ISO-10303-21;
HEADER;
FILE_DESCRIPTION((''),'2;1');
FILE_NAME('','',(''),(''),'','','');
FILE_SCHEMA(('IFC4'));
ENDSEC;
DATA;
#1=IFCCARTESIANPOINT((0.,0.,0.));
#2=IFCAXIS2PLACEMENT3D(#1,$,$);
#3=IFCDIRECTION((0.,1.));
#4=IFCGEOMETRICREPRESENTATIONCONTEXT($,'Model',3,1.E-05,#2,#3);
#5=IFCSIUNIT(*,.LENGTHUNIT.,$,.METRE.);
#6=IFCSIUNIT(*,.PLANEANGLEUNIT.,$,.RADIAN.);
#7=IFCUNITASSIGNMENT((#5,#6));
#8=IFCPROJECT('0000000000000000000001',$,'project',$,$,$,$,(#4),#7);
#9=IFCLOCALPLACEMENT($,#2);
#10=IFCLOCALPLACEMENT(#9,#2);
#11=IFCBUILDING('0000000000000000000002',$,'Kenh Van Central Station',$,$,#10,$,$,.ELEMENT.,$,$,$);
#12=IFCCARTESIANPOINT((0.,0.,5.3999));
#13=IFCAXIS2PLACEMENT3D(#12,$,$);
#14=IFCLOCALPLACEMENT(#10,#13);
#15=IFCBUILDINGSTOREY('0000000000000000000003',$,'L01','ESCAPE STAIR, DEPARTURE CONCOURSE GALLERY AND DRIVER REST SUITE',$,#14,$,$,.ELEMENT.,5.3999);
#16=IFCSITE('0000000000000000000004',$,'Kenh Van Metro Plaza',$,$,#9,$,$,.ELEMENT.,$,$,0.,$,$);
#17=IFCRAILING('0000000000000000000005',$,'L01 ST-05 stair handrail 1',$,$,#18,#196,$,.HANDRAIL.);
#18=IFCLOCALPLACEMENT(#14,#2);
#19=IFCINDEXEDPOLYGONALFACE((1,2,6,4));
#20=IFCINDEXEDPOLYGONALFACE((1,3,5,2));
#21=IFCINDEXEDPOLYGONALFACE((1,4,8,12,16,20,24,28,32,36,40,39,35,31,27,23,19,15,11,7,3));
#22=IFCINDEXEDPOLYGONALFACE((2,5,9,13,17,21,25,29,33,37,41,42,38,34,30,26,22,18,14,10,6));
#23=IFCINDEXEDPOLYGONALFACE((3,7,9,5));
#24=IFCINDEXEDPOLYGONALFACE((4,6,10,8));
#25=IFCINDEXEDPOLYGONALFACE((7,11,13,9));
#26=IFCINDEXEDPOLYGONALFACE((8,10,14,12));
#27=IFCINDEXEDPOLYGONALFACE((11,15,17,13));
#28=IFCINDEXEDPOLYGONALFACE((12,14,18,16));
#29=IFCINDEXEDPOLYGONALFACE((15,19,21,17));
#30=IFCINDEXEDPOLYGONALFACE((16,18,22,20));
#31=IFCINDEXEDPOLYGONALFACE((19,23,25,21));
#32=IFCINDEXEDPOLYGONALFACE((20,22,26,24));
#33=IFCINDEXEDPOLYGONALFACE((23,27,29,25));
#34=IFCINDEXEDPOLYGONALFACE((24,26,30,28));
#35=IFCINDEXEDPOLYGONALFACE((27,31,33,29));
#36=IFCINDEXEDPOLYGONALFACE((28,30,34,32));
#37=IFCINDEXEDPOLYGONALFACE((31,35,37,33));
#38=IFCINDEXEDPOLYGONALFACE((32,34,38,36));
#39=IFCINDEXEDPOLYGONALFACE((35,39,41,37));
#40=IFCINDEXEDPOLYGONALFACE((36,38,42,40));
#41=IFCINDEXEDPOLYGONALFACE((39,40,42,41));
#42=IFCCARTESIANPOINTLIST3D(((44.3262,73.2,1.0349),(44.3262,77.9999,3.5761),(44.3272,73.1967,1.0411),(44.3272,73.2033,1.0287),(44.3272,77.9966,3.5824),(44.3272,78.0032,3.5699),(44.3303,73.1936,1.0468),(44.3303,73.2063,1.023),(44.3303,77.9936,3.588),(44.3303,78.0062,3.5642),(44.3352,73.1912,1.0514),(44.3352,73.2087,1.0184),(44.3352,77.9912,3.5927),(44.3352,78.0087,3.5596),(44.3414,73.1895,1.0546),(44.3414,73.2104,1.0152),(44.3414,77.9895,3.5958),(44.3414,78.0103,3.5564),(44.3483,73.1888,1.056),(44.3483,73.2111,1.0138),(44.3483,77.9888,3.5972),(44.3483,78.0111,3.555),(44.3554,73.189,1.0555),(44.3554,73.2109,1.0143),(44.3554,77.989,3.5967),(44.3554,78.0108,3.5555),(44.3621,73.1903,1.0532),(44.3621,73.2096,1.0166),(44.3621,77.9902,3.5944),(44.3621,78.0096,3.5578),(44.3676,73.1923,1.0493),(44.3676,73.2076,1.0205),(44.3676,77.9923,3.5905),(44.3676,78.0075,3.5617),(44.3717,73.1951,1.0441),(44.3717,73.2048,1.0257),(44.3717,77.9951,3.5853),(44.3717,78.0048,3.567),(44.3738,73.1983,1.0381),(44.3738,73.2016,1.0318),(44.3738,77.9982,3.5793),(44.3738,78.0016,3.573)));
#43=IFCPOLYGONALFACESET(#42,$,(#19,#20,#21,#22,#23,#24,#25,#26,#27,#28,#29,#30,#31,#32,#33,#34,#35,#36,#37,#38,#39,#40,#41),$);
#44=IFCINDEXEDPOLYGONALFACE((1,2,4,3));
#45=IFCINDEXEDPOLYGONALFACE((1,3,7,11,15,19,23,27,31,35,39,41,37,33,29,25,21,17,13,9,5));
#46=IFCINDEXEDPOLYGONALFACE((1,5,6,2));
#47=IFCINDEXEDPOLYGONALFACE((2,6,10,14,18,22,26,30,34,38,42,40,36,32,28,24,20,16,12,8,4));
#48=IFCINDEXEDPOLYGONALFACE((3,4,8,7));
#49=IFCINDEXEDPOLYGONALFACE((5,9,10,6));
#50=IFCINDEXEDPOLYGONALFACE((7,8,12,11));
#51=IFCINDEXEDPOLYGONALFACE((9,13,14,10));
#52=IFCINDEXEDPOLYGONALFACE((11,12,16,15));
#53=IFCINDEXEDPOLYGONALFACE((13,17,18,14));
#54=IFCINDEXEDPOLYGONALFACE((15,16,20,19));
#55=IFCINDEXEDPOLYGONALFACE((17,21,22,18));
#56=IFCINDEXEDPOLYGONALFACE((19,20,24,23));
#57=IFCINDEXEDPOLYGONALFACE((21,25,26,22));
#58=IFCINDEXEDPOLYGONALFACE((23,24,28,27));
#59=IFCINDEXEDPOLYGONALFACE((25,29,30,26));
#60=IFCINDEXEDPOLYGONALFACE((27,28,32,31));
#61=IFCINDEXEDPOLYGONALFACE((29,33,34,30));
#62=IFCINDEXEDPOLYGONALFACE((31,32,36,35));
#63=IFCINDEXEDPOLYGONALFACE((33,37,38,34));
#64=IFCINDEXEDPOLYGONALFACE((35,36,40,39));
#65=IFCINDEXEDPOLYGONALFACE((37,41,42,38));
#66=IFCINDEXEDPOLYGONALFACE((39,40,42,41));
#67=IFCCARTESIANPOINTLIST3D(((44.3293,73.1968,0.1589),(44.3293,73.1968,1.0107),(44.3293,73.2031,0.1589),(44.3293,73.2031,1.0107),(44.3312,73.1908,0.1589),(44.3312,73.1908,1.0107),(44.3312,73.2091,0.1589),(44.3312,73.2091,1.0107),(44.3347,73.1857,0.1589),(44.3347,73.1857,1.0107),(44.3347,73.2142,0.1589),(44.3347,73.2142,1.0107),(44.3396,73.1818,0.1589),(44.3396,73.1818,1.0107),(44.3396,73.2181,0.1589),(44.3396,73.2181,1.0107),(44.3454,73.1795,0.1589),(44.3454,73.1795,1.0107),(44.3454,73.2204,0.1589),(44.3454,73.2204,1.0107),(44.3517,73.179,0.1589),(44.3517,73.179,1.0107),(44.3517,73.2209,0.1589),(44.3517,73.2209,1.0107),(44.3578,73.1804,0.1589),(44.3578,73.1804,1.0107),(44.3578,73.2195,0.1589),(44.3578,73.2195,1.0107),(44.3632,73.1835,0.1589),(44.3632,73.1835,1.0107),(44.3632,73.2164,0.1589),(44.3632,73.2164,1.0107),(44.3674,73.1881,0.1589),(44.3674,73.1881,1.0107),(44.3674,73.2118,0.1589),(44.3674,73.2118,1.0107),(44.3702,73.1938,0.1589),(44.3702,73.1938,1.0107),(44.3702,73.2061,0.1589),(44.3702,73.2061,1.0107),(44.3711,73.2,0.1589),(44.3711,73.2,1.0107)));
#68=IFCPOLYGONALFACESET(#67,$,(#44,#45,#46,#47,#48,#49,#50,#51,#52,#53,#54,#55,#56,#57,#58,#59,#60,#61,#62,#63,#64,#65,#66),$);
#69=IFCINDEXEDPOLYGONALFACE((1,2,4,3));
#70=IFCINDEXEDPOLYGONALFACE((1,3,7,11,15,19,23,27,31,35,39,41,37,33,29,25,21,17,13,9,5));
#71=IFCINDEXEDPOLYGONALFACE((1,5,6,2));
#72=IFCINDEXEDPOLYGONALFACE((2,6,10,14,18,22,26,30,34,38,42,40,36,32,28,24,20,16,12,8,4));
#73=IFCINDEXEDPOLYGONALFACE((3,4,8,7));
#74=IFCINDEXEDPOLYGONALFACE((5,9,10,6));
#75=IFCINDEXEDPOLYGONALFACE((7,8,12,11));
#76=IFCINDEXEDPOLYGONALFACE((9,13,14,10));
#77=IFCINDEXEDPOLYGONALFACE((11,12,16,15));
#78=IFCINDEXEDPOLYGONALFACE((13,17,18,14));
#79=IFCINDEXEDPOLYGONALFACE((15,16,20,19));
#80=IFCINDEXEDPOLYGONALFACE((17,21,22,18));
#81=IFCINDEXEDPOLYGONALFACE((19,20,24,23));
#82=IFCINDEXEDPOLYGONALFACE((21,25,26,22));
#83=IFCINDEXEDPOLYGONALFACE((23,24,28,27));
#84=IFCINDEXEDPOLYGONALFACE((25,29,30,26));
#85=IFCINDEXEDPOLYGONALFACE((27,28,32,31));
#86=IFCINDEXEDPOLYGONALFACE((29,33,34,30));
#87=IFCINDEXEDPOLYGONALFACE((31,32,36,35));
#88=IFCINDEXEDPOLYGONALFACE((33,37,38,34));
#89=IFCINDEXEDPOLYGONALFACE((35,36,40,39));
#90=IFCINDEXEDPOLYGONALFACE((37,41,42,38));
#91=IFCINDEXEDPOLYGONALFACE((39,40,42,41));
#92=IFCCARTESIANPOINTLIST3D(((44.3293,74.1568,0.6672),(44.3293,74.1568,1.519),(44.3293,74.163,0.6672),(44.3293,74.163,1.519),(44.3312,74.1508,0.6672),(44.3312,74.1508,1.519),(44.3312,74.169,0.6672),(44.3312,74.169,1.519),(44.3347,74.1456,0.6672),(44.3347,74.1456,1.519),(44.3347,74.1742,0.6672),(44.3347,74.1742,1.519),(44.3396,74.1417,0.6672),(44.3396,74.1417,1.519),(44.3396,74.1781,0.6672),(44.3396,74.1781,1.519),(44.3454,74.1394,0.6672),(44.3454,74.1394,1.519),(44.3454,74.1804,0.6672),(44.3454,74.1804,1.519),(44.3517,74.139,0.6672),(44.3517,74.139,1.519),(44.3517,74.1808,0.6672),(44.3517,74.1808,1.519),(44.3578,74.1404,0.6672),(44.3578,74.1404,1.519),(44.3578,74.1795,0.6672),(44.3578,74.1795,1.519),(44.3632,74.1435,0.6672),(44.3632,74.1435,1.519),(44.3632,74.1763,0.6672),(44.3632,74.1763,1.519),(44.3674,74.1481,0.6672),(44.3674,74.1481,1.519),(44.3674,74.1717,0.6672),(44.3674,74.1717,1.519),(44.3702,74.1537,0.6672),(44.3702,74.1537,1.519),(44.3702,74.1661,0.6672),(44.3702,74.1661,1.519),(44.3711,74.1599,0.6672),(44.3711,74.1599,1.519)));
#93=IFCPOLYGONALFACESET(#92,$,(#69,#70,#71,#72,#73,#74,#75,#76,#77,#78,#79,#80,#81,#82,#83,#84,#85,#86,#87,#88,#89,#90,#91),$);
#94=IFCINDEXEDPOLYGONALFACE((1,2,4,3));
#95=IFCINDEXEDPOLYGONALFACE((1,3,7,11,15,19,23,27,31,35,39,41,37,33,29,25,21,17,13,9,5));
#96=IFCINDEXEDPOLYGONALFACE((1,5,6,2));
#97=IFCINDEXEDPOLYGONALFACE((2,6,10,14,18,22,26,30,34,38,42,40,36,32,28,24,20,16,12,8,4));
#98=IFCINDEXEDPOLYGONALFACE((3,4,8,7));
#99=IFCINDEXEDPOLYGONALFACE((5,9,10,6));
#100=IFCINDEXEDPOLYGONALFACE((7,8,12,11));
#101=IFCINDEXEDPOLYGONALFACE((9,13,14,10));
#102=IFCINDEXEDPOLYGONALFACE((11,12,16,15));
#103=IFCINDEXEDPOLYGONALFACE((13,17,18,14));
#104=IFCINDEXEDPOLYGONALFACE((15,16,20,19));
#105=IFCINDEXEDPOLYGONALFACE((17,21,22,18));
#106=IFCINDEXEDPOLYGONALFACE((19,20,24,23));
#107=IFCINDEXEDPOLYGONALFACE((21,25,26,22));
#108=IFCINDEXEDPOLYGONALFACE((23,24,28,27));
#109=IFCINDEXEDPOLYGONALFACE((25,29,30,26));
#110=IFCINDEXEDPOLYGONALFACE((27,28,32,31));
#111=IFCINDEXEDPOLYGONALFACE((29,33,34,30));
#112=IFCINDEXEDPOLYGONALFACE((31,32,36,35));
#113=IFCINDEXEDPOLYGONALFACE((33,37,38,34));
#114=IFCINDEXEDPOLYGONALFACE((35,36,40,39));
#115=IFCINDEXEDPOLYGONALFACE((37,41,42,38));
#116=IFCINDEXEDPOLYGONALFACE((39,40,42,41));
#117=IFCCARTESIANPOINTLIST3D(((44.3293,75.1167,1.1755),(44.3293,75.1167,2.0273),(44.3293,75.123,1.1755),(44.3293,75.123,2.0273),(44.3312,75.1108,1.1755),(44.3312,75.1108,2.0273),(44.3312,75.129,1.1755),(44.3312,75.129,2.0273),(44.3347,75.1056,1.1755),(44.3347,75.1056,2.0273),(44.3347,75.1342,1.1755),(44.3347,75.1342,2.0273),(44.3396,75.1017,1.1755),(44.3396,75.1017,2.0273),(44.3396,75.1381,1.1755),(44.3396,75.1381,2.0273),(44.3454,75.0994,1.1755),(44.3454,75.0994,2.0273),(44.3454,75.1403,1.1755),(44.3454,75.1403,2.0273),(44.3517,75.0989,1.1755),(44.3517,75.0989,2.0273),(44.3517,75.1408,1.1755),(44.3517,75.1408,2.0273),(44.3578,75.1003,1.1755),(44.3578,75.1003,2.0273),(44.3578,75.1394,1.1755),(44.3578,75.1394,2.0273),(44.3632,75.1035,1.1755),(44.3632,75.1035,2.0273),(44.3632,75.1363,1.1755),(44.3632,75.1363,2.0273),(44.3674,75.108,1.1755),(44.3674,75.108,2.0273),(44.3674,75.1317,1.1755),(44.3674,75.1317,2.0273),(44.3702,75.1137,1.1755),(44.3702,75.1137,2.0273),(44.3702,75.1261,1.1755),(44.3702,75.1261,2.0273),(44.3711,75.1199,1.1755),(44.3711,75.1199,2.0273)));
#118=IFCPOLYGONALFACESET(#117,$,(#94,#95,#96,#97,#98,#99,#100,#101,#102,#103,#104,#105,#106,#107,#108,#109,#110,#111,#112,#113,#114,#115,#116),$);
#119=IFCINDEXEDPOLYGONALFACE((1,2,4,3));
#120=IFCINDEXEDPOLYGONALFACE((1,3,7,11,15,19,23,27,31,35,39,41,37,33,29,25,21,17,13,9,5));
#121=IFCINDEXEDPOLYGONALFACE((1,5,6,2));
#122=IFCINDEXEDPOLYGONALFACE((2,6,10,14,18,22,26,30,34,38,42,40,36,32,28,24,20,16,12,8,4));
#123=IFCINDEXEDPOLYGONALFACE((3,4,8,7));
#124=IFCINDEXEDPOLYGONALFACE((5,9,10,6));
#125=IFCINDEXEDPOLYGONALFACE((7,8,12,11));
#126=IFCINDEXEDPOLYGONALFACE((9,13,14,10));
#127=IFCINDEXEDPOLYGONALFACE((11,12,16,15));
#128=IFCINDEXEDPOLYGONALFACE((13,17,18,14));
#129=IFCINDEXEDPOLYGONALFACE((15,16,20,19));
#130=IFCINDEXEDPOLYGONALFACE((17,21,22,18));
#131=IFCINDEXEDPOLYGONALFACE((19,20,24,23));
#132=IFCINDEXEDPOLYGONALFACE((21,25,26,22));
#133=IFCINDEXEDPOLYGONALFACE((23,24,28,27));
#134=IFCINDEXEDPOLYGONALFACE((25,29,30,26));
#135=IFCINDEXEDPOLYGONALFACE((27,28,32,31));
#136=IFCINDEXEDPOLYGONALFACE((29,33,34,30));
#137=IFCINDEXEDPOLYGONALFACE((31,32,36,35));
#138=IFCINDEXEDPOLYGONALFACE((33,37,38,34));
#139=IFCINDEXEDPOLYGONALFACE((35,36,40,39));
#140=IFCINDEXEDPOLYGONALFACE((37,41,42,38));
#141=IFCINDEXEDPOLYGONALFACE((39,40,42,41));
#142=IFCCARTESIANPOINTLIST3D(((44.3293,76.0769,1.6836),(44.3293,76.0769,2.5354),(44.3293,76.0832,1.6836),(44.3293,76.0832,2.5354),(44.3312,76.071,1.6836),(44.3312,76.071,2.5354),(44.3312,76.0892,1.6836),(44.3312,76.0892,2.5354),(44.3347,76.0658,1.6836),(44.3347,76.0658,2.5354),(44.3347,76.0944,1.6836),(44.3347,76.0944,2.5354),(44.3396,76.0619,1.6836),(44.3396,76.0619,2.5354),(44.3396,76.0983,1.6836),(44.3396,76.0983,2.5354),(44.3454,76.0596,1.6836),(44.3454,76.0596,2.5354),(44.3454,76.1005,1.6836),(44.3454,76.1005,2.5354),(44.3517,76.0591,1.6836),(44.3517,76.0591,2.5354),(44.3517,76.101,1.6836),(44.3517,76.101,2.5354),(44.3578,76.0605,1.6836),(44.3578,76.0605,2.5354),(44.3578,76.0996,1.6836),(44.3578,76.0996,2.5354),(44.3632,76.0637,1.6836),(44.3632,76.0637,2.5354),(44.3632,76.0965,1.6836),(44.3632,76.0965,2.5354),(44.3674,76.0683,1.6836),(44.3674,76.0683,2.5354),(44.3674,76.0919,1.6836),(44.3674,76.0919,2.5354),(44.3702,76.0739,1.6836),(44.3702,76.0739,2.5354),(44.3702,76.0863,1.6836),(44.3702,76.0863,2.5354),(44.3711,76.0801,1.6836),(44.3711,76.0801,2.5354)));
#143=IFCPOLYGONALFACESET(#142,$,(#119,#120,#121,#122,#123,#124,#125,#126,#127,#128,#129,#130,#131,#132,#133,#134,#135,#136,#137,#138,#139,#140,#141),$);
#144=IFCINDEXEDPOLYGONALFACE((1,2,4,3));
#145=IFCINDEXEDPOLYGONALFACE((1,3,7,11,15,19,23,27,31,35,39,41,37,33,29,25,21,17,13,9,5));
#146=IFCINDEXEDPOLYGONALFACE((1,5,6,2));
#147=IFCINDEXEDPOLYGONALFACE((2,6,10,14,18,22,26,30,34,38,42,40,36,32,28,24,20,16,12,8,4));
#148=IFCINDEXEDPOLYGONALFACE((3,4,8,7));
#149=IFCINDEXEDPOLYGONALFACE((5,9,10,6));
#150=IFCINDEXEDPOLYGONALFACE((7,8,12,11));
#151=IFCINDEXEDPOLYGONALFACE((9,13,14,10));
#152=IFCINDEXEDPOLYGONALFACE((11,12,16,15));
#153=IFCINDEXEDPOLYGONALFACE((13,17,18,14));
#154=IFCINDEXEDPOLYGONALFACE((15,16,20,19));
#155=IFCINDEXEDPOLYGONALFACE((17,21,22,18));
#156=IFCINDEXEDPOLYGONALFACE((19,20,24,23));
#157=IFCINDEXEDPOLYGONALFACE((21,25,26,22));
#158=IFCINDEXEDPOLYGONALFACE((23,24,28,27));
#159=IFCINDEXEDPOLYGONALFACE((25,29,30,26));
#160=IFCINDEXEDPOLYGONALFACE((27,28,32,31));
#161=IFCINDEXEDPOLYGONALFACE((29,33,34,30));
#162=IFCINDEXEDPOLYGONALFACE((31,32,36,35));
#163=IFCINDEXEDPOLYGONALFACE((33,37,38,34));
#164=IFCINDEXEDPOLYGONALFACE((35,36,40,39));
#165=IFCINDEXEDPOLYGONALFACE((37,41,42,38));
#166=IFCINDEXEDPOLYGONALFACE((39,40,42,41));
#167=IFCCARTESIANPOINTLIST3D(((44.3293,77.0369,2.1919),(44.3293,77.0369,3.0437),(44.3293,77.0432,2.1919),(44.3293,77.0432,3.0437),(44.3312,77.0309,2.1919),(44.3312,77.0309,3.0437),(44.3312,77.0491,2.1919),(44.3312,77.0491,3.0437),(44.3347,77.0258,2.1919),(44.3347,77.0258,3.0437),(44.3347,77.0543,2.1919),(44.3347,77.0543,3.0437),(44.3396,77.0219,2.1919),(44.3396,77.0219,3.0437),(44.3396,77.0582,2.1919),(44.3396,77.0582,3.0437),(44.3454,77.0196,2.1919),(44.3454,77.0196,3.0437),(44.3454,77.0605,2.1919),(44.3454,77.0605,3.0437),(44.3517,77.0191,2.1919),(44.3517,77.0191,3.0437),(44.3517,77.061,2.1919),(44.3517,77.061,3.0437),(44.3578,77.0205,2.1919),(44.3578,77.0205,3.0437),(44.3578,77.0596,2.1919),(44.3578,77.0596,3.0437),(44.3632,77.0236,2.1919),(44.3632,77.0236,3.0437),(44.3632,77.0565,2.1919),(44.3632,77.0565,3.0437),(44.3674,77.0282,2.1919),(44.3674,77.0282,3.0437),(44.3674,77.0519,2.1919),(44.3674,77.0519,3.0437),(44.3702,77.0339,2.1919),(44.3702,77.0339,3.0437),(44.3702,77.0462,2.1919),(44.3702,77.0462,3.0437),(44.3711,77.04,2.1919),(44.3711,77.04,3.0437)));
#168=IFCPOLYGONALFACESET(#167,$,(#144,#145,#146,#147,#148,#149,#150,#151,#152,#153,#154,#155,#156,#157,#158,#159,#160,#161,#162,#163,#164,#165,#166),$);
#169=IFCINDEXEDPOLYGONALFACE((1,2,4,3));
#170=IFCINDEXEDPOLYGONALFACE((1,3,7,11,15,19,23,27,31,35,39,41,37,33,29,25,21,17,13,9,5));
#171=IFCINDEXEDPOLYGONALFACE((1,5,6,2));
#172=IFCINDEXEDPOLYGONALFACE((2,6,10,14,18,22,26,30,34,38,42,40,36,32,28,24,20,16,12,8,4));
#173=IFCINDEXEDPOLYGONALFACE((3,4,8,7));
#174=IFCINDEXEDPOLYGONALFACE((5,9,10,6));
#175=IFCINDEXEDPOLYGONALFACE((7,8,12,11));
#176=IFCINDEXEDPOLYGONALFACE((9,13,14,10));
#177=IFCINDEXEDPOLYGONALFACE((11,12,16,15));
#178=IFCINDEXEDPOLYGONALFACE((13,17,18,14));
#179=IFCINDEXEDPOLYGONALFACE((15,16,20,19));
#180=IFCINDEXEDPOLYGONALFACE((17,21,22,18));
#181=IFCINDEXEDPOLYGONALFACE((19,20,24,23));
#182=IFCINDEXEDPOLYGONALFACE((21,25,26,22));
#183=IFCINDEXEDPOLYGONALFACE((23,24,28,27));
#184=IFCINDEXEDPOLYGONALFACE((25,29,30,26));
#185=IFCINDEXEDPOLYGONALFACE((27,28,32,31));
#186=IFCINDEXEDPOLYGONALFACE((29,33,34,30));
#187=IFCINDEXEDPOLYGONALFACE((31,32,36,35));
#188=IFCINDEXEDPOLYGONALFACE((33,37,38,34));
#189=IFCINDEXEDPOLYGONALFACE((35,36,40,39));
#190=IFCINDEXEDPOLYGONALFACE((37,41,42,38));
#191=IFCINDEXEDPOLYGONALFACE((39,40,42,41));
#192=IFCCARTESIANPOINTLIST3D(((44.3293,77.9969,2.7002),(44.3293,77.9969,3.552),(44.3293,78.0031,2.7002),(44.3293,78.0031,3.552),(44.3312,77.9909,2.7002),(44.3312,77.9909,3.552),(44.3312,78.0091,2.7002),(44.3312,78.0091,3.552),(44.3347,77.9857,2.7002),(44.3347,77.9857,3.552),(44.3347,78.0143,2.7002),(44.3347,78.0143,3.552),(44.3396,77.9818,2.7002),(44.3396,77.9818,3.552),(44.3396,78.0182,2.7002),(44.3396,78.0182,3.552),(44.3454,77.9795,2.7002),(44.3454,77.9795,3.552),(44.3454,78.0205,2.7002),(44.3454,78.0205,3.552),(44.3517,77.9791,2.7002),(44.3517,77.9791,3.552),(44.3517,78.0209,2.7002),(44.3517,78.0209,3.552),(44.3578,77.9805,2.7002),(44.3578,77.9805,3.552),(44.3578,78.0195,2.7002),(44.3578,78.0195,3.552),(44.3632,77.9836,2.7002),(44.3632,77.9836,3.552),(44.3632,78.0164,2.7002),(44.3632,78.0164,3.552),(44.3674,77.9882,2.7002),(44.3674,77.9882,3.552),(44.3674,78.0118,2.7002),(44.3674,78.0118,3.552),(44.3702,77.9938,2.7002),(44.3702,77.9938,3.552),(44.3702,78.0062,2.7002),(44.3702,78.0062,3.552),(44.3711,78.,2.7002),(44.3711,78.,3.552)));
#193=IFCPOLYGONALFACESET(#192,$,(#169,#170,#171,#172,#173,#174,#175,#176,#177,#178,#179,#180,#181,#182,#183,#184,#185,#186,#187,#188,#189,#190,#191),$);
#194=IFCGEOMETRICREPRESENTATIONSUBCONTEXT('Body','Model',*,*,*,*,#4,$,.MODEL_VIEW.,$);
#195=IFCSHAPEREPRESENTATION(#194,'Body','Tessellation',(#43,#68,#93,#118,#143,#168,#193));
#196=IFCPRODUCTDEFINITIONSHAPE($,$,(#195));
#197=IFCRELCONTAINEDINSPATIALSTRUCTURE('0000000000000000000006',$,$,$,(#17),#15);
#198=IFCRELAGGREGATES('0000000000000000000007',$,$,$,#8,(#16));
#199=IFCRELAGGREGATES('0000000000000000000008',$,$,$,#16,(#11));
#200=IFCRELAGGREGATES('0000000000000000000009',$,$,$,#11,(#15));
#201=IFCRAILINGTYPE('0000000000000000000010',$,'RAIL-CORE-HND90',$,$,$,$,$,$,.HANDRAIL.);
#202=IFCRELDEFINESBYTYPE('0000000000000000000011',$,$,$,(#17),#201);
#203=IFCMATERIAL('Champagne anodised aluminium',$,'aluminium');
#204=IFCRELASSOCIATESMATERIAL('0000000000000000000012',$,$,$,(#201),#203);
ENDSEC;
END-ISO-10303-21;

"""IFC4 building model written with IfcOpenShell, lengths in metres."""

from ifc_helpers import new_model, si_unit, direction, frame, origin, origin_2d, place, context, subcontext, project, spatial, circle, extrude, material, type_object, element, save


model = new_model("IFC4")

# Units and contexts
model_context = context("Model", 3, precision=1e-05, world=origin(), true_north=direction((0.0, 1.0)))
body_context = subcontext(model_context, "Body", "Model", "MODEL_VIEW")
ifc_project = project(units=[si_unit("LENGTHUNIT", "METRE"), si_unit("PLANEANGLEUNIT", "RADIAN")], contexts=[model_context])

# Site, building, storey
site_placement = place(None, origin())
site = spatial("IfcSite", under=ifc_project, at=site_placement, Name="Kenh Van Metro Plaza", CompositionType="ELEMENT", RefElevation=0.0)
building_placement = place(site_placement, origin())
building = spatial("IfcBuilding", under=site, at=building_placement, Name="Kenh Van Central Station", CompositionType="ELEMENT")
storey_placement = place(building_placement, frame((0.0, 0.0, 5.3999)))
storey = spatial("IfcBuildingStorey", under=building, at=storey_placement, Name="L01", Description="ESCAPE STAIR, DEPARTURE CONCOURSE GALLERY AND DRIVER REST SUITE", CompositionType="ELEMENT", Elevation=5.3999)

# Shared definitions
ifc_material_1 = material(Name="Champagne anodised aluminium", Category="aluminium")

# Railing
railing_type_1 = type_object("IfcRailingType", Name="RAIL-CORE-HND90", PredefinedType="HANDRAIL", material=ifc_material_1)
railing_1_placement = place(storey_placement, frame((44.3501, 73.2, 0.1589)))
element("IfcRailing", 1, at=railing_1_placement, inside=storey, type_object=railing_type_1, Name="L01 ST-05 stair handrail 1", PredefinedType="HANDRAIL", context=body_context, shape_type="SweptSolid", body=[
    extrude(circle(Radius=0.0239, at=origin_2d()), frame((0.0, 0.0, 0.876), z_axis=(0.0, 0.883784, 0.467896), x_axis=(-1.0, 0.0, 0.0)), (0.0, 0.0, 1.0), 5.4312),
    extrude(circle(Radius=0.021, at=origin_2d()), origin(), (0.0, 0.0, 1.0), 0.8518),
    extrude(circle(Radius=0.021, at=origin_2d()), frame((0.0, 0.96, 0.5083)), (0.0, 0.0, 1.0), 0.8518),
    extrude(circle(Radius=0.021, at=origin_2d()), frame((0.0, 1.9199, 1.0166)), (0.0, 0.0, 1.0), 0.8518),
    extrude(circle(Radius=0.021, at=origin_2d()), frame((0.0, 2.8801, 1.5247)), (0.0, 0.0, 1.0), 0.8518),
    extrude(circle(Radius=0.021, at=origin_2d()), frame((0.0, 3.8401, 2.033)), (0.0, 0.0, 1.0), 0.8518),
    extrude(circle(Radius=0.021, at=origin_2d()), frame((0.0, 4.8, 2.5413)), (0.0, 0.0, 1.0), 0.8518),
])

save(model, "model.ifc")
